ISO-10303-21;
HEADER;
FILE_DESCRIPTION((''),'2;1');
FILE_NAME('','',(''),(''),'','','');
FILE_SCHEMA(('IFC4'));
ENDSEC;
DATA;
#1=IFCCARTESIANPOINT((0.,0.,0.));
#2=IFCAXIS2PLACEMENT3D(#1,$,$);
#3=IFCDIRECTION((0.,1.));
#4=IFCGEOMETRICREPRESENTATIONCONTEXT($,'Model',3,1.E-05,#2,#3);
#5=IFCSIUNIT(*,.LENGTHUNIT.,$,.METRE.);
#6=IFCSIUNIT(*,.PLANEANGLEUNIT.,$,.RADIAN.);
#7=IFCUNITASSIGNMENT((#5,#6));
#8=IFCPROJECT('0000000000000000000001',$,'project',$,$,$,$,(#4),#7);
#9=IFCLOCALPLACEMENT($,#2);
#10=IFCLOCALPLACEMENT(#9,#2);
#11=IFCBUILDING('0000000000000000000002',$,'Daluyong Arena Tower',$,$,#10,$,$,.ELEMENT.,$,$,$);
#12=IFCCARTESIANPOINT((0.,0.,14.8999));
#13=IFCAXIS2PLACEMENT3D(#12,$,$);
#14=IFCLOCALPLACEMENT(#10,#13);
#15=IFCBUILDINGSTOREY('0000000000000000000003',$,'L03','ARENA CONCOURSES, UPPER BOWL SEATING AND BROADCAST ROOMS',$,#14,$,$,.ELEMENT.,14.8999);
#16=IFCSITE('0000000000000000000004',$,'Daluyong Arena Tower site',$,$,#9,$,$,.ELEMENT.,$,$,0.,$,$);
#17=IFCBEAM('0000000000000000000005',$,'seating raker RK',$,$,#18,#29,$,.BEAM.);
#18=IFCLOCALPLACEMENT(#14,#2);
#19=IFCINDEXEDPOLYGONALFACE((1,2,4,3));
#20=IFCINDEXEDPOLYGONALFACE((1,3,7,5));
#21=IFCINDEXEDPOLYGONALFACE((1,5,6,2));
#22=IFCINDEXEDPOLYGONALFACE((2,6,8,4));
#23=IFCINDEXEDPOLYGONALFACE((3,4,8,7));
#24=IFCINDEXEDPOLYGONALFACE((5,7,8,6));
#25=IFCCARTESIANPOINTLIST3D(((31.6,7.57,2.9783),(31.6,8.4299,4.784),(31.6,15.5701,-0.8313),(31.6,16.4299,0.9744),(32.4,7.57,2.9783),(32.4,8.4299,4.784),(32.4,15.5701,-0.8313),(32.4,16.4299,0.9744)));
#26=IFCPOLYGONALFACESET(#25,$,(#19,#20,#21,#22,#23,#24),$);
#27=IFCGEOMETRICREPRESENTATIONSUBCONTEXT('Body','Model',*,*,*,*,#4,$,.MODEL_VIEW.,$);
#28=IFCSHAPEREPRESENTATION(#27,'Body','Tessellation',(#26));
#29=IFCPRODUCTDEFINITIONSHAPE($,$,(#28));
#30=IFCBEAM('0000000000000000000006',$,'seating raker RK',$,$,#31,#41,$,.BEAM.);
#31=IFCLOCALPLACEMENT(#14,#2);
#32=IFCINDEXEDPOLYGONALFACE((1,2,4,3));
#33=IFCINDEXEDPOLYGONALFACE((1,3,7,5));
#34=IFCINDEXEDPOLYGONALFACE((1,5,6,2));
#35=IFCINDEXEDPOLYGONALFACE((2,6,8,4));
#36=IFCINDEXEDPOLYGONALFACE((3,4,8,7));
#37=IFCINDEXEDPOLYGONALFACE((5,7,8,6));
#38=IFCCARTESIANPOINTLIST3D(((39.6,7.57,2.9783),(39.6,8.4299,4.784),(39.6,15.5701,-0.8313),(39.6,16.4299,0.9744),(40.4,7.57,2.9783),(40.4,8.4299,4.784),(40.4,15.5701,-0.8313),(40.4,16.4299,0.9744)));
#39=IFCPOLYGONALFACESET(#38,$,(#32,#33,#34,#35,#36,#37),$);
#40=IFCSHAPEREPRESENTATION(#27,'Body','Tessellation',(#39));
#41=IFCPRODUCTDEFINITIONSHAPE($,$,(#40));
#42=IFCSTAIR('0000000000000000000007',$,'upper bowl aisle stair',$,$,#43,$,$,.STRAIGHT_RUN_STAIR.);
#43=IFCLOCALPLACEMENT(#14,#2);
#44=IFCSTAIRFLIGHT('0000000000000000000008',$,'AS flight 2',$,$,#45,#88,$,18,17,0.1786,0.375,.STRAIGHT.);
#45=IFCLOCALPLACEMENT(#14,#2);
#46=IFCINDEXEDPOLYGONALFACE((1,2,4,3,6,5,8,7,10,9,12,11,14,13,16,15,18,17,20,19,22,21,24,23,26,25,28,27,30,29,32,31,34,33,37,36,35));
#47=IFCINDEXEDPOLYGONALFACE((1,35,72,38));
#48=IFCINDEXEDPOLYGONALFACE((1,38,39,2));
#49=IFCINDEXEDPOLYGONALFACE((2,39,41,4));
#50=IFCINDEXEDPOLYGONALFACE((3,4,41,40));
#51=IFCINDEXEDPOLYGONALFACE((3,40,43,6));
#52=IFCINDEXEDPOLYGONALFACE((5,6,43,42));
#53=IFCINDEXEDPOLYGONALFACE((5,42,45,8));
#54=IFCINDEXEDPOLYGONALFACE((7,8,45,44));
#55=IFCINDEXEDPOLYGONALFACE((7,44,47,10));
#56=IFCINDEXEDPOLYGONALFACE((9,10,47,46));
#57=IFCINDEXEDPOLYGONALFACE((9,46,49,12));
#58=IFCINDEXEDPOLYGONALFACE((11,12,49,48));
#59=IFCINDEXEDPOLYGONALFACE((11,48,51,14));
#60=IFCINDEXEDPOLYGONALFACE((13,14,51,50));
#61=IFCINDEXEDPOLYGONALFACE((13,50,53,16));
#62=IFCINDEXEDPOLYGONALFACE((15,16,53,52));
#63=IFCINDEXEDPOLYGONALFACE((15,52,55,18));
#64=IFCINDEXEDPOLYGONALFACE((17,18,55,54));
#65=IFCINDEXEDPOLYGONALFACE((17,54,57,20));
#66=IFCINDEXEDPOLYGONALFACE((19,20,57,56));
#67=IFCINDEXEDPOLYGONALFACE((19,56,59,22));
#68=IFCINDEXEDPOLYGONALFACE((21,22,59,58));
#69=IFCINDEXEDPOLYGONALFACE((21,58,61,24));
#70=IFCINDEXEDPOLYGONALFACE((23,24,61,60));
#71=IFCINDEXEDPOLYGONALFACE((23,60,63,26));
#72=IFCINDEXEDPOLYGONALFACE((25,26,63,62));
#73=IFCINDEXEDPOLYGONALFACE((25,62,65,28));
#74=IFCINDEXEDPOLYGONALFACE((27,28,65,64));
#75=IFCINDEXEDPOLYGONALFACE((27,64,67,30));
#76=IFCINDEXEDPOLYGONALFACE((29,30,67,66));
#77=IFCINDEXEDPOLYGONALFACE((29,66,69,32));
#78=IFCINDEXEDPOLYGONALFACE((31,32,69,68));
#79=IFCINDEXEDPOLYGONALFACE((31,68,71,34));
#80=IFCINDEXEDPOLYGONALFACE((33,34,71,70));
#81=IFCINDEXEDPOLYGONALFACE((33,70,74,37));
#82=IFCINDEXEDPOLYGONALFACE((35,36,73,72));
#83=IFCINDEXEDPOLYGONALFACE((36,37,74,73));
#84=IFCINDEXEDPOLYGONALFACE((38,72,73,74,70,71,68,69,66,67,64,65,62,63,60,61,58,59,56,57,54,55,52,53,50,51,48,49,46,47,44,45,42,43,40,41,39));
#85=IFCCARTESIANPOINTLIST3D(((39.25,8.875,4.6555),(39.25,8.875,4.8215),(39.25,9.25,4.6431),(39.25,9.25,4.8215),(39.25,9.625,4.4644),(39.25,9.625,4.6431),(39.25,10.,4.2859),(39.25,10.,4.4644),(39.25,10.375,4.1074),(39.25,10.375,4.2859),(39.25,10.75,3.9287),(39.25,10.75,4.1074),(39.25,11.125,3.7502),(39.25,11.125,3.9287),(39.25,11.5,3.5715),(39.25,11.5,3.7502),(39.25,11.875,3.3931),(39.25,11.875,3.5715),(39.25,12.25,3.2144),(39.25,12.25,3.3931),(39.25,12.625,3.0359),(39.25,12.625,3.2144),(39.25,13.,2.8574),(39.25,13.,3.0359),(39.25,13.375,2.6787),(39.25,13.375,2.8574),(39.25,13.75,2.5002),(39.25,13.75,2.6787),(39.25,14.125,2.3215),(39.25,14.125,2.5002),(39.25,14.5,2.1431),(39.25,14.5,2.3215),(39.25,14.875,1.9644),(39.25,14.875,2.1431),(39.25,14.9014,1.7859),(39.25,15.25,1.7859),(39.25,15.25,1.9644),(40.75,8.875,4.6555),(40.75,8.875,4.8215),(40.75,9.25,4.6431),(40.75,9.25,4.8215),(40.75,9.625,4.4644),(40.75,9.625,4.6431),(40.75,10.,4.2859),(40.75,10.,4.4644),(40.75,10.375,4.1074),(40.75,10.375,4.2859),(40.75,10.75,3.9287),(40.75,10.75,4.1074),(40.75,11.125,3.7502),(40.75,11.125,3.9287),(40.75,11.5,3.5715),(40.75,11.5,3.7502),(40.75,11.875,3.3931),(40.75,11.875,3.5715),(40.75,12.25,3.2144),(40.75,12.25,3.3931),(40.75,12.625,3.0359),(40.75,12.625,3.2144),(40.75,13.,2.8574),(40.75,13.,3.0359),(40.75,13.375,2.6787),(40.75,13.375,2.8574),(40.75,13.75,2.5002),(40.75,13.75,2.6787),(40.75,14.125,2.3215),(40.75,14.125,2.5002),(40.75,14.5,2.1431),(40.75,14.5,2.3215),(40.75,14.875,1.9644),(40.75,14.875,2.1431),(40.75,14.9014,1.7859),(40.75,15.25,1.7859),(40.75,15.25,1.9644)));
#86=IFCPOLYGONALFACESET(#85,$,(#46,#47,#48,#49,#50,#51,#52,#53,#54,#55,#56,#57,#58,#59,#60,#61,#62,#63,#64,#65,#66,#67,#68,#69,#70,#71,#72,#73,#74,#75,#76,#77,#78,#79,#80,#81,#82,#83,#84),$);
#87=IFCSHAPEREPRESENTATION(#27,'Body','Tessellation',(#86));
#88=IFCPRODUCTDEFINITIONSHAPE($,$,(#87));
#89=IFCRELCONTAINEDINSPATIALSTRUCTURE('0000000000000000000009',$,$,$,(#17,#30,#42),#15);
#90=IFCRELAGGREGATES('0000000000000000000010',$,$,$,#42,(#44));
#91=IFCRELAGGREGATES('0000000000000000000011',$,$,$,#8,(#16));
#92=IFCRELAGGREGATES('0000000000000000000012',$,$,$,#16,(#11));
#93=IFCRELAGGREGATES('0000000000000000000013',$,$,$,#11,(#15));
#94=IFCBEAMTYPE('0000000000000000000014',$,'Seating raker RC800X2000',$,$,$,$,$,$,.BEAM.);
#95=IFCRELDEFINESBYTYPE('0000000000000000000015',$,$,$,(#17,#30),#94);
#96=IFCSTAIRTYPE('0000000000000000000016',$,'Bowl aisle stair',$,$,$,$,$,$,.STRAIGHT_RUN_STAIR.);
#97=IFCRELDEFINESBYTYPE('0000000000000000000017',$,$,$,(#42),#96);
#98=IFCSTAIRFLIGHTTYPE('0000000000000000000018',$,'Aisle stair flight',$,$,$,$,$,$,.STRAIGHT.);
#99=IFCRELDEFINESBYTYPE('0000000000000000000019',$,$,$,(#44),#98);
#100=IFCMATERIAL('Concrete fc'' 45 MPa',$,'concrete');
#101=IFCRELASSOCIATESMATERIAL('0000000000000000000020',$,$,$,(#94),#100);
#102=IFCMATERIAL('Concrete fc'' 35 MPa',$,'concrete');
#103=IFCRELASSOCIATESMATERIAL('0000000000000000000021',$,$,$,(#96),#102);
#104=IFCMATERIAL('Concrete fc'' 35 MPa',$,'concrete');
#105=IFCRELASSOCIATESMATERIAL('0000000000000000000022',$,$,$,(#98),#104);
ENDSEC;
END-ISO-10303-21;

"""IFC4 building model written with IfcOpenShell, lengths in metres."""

from ifc_helpers import new_model, si_unit, direction, frame, origin, origin_2d, place, context, subcontext, project, spatial, polyline, rectangle, outline, extrude, material, material_profile, profile_set, type_object, element, aggregate, save


model = new_model("IFC4")

# Units and contexts
model_context = context("Model", 3, precision=1e-05, world=origin(), true_north=direction((0.0, 1.0)))
body_context = subcontext(model_context, "Body", "Model", "MODEL_VIEW")
ifc_project = project(units=[si_unit("LENGTHUNIT", "METRE"), si_unit("PLANEANGLEUNIT", "RADIAN")], contexts=[model_context])

# Site, building, storey
site_placement = place(None, origin())
site = spatial("IfcSite", under=ifc_project, at=site_placement, Name="Daluyong Arena Tower site", CompositionType="ELEMENT", RefElevation=0.0)
building_placement = place(site_placement, origin())
building = spatial("IfcBuilding", under=site, at=building_placement, Name="Daluyong Arena Tower", CompositionType="ELEMENT")
storey_placement = place(building_placement, frame((0.0, 0.0, 14.8999)))
storey = spatial("IfcBuildingStorey", under=building, at=storey_placement, Name="L03", Description="ARENA CONCOURSES, UPPER BOWL SEATING AND BROADCAST ROOMS", CompositionType="ELEMENT", Elevation=14.8999)

# Beams
ifc_material_1 = material(Name="Concrete fc' 45 MPa", Category="concrete")
ifc_material_profile_1 = material_profile(ifc_material_1, rectangle(XDim=0.8, YDim=2.0, at=origin_2d()))
ifc_profile_set_1 = profile_set([ifc_material_profile_1], Name="Concrete fc' 45 MPa")
beam_type_1 = type_object("IfcBeamType", Name="Seating raker RC800X2000", PredefinedType="BEAM", material=ifc_profile_set_1)
for number, where, z_axis, x_axis, name in (
    (1, (32.0, 16.0, 0.0715), (0.0, -0.902858, 0.429938), (1.0, 0.0, 0.0), "seating raker RK"),
    (2, (40.0, 16.0, 0.0715), (0.0, -0.902858, 0.429938), (1.0, 0.0, 0.0), "seating raker RK"),
):
    element("IfcBeam", number, at=place(storey_placement, frame(where, z_axis=z_axis, x_axis=x_axis)), inside=storey, type_object=beam_type_1, Name=name, PredefinedType="BEAM", context=body_context, shape_type="SweptSolid", body=[
        extrude(rectangle(XDim=0.8, YDim=2.0, at=origin_2d()), origin(), (0.0, 0.0, 1.0), 8.8608),
    ])

# Stair, stair flight
ifc_material_2 = material(Name="Concrete fc' 35 MPa", Category="concrete")
stair_type = type_object("IfcStairType", Name="Bowl aisle stair", PredefinedType="STRAIGHT_RUN_STAIR", material=ifc_material_2)
stair_placement = place(storey_placement, origin())
stair = element("IfcStair", 3, at=stair_placement, inside=storey, type_object=stair_type, Name="upper bowl aisle stair", PredefinedType="STRAIGHT_RUN_STAIR")
ifc_material_3 = material(Name="Concrete fc' 35 MPa", Category="concrete")
stair_flight_type = type_object("IfcStairFlightType", Name="Aisle stair flight", PredefinedType="STRAIGHT", material=ifc_material_3)
stair_flight_placement = place(storey_placement, frame((40.0, 15.25, 1.7859), z_axis=(0.0, 0.0, 1.0), x_axis=(0.0, -1.0, 0.0)))
stair_flight = element("IfcStairFlight", 4, at=stair_flight_placement, type_object=stair_flight_type, Name="AS flight 2", NumberOfRisers=18, NumberOfTreads=17, PredefinedType="STRAIGHT", RiserHeight=0.1786, TreadLength=0.375, context=body_context, shape_type="SweptSolid", body=[
    extrude(outline(polyline([(0.0, 0.0), (0.0, 0.1785), (0.375, 0.1785), (0.375, 0.3572), (0.75, 0.3572), (0.75, 0.5356), (1.125, 0.5356), (1.125, 0.7144), (1.5, 0.7144), (1.5, 0.8928), (1.875, 0.8928), (1.875, 1.0715), (2.25, 1.0715), (2.25, 1.25), (2.625, 1.25), (2.625, 1.4285), (3.0, 1.4285), (3.0, 1.6072), (3.375, 1.6072), (3.375, 1.7856), (3.75, 1.7856), (3.75, 1.9644), (4.125, 1.9644), (4.125, 2.1428), (4.5, 2.1428), (4.5, 2.3215), (4.875, 2.3215), (4.875, 2.5), (5.25, 2.5), (5.25, 2.6785), (5.625, 2.6785), (5.625, 2.8572), (6.0, 2.8572), (6.0, 3.0356), (6.375, 3.0356), (6.375, 3.2144), (6.375, 2.8696), (0.3486, 0.0), (0.0, 0.0)])), frame((0.0, 0.75, 0.0), z_axis=(0.0, -1.0, 0.0), x_axis=(1.0, 0.0, 0.0)), (0.0, 0.0, 1.0), 1.5),
])
aggregate(stair, [stair_flight])

save(model, "model.ifc")
